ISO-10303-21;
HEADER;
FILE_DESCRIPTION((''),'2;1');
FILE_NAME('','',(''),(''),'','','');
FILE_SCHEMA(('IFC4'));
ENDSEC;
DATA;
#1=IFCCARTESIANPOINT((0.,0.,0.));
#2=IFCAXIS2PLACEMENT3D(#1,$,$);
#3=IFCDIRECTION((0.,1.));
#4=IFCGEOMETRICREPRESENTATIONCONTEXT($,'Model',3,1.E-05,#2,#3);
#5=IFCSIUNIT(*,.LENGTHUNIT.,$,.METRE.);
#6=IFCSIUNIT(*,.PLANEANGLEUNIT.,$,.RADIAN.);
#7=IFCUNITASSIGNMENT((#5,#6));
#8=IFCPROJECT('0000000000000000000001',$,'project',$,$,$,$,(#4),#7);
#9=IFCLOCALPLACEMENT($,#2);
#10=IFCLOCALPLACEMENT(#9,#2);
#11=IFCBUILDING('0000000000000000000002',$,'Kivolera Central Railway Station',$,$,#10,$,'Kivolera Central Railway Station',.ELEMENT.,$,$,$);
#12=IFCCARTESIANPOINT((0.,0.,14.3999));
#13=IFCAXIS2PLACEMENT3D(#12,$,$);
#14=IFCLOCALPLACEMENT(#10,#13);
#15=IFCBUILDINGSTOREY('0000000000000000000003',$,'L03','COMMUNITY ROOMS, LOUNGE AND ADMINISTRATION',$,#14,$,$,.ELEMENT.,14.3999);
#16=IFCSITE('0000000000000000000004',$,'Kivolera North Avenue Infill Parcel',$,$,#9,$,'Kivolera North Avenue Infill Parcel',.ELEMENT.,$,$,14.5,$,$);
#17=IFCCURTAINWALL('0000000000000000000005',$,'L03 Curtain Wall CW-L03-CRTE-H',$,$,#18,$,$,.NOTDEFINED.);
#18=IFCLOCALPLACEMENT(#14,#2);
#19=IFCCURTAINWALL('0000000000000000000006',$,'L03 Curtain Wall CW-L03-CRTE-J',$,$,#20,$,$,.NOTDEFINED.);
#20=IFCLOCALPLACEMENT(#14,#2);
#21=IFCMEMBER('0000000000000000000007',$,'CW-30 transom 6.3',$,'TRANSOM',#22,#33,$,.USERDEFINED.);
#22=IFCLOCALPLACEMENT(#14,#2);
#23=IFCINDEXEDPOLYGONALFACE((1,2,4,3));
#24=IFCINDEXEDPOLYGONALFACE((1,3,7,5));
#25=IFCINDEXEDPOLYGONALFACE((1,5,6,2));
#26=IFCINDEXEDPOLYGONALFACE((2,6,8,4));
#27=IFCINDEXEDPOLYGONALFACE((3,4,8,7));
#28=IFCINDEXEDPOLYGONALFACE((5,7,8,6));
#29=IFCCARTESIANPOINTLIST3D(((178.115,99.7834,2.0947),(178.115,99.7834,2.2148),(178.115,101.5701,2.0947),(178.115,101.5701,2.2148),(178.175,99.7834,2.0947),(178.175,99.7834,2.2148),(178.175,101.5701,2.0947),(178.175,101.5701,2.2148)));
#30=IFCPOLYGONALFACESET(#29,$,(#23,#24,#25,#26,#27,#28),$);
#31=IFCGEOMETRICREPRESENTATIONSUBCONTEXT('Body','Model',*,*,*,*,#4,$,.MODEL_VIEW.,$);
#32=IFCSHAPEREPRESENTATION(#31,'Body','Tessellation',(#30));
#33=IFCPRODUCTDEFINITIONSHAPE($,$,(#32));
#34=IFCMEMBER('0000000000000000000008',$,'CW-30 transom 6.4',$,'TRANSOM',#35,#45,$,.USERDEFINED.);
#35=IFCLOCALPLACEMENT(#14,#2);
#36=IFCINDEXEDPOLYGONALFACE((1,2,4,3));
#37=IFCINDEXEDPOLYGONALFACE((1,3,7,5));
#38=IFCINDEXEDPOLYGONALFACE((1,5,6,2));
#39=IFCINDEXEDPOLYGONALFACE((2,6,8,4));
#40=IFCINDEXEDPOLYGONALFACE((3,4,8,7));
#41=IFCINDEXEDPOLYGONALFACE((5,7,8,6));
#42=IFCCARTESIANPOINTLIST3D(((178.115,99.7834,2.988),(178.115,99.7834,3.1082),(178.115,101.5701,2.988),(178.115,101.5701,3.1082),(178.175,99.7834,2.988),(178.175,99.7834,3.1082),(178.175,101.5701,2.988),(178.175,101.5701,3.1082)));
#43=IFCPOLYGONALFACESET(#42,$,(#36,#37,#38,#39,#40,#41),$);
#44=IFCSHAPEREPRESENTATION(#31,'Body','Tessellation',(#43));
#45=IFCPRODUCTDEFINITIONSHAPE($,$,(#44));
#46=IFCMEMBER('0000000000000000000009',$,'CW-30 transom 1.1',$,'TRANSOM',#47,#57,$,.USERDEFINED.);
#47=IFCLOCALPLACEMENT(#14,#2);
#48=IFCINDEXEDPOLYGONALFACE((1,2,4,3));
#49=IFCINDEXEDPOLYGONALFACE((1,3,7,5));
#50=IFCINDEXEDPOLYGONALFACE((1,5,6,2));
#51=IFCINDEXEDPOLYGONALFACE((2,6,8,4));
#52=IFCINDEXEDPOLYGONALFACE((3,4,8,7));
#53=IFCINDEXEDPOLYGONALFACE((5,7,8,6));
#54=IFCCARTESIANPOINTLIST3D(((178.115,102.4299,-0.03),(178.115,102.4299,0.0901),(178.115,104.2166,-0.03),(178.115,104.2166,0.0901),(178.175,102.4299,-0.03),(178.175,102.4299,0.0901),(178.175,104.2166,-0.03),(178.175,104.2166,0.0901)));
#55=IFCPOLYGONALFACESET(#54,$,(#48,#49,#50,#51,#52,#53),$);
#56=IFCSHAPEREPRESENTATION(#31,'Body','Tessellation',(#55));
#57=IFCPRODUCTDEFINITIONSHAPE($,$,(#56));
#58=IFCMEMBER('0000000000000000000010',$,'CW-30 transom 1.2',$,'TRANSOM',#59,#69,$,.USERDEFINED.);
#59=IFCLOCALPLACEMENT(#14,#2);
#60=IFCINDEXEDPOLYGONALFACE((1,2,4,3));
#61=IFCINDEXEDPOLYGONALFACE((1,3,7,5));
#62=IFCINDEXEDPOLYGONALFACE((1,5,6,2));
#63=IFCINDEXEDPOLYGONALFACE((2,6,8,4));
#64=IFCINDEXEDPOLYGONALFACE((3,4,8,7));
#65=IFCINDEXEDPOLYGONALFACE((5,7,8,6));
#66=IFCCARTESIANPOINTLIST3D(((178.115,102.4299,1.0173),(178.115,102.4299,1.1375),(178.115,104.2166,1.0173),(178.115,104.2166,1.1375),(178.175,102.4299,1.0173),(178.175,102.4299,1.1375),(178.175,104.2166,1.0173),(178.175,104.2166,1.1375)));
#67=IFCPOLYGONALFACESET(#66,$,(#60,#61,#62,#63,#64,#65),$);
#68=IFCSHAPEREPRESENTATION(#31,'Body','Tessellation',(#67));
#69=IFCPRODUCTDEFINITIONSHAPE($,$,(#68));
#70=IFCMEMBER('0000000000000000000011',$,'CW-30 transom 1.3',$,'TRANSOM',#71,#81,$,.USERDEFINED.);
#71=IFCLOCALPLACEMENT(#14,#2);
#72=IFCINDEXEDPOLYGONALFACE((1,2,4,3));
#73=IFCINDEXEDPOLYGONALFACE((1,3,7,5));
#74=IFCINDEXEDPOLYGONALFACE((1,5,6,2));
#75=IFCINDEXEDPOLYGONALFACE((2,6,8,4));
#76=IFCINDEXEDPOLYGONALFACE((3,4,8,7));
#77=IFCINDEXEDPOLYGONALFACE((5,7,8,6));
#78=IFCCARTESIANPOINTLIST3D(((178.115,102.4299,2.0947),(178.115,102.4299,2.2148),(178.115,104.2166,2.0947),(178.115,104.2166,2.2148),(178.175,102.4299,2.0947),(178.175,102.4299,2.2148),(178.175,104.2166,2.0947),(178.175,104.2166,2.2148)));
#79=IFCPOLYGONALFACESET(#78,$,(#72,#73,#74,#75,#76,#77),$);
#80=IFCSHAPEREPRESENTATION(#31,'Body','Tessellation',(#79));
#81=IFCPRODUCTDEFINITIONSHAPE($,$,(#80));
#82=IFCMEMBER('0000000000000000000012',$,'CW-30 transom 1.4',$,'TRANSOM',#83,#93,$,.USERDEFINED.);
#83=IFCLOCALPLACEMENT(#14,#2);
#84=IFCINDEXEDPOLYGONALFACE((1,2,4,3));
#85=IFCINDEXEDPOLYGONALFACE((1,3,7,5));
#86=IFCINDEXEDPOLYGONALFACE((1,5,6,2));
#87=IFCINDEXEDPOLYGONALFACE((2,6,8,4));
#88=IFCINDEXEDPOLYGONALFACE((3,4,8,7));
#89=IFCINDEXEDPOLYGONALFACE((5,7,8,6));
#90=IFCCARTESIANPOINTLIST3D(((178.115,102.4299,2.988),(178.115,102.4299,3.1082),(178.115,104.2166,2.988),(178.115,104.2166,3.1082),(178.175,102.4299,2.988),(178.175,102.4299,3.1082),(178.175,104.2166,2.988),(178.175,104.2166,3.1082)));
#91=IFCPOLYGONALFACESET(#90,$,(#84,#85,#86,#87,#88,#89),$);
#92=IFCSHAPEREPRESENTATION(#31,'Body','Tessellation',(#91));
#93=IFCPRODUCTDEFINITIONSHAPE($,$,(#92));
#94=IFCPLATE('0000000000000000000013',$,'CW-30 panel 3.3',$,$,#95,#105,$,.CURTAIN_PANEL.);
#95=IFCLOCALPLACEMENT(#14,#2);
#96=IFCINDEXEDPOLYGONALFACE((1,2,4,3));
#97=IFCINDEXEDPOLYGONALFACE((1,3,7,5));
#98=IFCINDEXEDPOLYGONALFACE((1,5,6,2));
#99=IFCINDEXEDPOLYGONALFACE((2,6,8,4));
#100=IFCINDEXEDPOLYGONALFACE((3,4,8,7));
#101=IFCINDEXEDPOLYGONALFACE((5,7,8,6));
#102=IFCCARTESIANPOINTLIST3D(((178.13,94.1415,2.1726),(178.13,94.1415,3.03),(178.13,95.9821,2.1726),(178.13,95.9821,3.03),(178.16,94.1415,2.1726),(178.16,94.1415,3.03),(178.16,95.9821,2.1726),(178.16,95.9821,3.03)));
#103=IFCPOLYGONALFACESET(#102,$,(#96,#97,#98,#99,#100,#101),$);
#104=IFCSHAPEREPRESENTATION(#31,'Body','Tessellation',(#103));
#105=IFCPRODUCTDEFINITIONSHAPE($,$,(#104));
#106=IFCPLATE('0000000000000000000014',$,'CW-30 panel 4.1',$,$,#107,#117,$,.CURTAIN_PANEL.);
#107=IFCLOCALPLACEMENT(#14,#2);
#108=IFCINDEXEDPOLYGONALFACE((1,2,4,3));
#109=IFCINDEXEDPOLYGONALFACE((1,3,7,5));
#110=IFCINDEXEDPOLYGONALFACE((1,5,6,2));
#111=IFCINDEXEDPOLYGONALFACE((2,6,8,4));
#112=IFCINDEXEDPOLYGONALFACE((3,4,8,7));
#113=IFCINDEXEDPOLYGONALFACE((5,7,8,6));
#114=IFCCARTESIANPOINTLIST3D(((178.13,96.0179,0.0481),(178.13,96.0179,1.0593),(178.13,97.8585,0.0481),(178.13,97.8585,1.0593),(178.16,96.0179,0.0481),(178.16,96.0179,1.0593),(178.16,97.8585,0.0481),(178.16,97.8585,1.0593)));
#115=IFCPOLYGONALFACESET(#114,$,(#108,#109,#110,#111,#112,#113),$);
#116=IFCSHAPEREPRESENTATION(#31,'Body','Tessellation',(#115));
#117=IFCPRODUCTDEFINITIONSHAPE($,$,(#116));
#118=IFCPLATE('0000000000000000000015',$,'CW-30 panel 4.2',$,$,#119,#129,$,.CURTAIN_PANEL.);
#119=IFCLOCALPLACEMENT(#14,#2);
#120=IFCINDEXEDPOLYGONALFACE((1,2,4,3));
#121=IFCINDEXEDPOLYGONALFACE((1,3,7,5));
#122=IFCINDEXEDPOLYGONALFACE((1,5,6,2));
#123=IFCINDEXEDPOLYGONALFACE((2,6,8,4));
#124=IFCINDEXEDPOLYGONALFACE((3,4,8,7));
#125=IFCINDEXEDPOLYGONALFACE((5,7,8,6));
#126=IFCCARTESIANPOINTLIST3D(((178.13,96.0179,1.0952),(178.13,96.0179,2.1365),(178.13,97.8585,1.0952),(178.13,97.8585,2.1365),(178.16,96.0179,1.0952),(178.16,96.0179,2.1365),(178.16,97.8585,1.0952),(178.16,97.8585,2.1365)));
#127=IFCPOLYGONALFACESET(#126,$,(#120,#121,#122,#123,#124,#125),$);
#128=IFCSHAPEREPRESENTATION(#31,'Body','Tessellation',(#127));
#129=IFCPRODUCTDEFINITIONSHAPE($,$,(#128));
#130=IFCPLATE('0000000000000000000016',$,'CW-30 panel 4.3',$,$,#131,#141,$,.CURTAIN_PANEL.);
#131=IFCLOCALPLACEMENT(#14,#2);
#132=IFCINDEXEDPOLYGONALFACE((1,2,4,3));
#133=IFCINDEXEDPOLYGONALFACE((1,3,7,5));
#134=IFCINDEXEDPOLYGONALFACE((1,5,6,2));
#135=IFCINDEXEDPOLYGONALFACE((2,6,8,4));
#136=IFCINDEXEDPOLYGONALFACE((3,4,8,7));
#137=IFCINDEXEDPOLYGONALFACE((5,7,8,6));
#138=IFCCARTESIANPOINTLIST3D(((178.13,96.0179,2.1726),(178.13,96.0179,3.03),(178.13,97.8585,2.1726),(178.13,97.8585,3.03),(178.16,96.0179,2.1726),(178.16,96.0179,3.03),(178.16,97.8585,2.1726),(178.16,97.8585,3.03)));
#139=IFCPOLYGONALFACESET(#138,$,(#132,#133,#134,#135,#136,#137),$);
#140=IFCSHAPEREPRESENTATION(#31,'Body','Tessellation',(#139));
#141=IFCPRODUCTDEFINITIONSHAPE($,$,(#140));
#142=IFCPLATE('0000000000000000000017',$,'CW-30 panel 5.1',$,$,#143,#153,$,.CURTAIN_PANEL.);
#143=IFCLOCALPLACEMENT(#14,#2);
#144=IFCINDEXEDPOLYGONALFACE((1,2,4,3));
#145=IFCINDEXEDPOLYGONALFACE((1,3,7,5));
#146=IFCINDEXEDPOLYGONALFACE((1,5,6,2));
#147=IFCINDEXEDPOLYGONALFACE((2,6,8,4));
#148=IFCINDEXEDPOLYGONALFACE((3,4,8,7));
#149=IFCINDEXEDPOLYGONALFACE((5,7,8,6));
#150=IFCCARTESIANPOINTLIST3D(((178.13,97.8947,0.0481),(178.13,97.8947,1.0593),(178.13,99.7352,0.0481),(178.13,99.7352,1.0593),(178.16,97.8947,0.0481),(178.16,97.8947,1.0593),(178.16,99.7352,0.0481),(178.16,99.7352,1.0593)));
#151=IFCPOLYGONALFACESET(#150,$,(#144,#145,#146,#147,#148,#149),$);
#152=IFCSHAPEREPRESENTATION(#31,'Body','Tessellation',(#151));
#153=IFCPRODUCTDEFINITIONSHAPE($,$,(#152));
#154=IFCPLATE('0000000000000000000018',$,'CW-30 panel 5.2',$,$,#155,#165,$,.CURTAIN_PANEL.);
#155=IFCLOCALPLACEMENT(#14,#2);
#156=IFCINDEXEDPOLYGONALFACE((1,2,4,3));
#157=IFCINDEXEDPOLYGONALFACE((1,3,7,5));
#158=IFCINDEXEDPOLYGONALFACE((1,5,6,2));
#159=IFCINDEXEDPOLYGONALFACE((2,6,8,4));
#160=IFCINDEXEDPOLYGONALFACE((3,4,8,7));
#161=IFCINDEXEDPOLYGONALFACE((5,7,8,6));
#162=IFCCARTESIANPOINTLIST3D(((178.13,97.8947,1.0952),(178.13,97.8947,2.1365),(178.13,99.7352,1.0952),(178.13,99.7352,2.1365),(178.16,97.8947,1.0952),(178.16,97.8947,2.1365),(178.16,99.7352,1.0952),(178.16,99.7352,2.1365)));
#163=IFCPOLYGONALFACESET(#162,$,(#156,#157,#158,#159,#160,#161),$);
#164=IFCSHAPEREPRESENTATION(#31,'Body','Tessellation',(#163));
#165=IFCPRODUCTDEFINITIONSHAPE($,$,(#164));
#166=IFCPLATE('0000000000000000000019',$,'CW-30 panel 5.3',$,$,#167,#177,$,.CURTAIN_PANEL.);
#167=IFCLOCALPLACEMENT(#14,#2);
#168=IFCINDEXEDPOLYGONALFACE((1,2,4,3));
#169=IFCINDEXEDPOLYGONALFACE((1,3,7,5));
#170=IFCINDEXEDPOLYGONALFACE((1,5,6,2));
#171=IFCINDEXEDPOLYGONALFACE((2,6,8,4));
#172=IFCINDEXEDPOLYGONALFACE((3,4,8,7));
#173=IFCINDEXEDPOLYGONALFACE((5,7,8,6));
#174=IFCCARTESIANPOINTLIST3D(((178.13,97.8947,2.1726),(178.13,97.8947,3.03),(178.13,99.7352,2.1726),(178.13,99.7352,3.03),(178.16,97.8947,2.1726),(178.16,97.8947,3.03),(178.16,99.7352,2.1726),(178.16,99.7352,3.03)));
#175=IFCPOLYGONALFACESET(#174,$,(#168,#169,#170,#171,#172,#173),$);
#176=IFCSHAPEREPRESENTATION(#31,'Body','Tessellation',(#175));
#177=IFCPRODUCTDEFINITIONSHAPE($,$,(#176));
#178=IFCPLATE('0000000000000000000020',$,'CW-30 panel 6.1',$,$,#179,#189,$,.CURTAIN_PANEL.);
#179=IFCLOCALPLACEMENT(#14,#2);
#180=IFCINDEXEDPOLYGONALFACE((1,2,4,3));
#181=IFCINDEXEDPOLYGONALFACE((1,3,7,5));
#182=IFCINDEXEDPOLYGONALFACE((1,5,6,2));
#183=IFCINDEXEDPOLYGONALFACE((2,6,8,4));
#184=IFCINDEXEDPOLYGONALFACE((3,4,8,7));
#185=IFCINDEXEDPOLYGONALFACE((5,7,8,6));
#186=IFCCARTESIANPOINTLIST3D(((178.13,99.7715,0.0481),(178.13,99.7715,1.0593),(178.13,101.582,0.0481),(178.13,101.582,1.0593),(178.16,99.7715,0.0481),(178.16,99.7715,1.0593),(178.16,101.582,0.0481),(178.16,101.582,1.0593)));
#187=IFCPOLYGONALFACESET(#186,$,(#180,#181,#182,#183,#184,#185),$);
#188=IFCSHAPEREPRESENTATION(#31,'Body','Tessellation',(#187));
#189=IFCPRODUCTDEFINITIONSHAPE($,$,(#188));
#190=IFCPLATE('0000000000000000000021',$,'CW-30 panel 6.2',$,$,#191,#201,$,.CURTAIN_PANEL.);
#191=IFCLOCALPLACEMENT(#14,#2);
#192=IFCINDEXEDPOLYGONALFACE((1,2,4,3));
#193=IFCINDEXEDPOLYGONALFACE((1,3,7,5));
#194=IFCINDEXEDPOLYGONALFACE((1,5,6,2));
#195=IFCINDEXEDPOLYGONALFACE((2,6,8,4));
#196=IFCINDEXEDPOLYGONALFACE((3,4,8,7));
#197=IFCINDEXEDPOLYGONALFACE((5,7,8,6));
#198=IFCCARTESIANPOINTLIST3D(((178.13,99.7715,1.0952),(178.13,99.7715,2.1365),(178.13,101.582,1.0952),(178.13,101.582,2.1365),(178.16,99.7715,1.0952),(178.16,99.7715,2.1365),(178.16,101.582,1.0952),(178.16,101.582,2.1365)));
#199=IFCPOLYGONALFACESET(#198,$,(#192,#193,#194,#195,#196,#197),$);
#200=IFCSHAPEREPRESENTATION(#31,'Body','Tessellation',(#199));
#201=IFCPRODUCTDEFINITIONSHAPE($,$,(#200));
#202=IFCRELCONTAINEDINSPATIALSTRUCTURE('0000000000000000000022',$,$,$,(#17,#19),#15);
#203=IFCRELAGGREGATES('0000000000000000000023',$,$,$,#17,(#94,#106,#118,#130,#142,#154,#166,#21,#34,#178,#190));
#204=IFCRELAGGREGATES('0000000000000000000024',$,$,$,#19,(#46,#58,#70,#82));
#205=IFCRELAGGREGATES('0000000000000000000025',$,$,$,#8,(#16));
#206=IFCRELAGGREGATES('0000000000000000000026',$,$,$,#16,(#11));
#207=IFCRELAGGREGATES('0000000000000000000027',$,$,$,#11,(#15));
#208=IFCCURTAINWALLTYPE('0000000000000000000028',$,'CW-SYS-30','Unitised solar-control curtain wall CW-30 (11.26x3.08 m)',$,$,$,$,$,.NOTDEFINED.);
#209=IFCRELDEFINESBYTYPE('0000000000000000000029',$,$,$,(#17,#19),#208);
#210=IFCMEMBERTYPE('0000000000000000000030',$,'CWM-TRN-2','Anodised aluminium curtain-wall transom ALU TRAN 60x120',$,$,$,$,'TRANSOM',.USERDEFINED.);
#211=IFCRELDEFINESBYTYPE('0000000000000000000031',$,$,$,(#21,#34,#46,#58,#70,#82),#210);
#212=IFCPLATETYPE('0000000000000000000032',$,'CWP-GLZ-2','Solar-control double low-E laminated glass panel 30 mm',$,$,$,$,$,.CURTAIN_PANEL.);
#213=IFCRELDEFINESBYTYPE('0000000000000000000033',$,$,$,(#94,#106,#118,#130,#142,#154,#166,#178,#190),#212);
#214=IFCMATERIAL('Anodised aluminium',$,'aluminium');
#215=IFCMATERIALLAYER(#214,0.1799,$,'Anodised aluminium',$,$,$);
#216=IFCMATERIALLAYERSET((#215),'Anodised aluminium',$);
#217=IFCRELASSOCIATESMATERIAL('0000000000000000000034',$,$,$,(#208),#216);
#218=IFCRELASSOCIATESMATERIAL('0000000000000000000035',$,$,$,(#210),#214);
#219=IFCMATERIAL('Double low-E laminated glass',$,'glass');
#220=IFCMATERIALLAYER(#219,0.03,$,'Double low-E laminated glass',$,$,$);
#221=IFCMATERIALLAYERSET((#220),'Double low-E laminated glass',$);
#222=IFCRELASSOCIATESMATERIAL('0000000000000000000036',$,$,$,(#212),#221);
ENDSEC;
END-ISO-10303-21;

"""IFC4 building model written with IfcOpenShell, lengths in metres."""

from ifc_helpers import new_model, si_unit, direction, frame, origin, origin_2d, place, context, subcontext, project, spatial, rectangle, extrude, material, layer, layer_set, material_profile, profile_set, type_object, element, aggregate, save


model = new_model("IFC4")

# Units and contexts
model_context = context("Model", 3, precision=1e-05, world=origin(), true_north=direction((0.0, 1.0)))
body_context = subcontext(model_context, "Body", "Model", "MODEL_VIEW")
ifc_project = project(units=[si_unit("LENGTHUNIT", "METRE"), si_unit("PLANEANGLEUNIT", "RADIAN")], contexts=[model_context])

# Site, building, storey
site_placement = place(None, origin())
site = spatial("IfcSite", under=ifc_project, at=site_placement, Name="Kivolera North Avenue Infill Parcel", LongName="Kivolera North Avenue Infill Parcel", CompositionType="ELEMENT", RefElevation=14.5)
building_placement = place(site_placement, origin())
building = spatial("IfcBuilding", under=site, at=building_placement, Name="Kivolera Central Railway Station", LongName="Kivolera Central Railway Station", CompositionType="ELEMENT")
storey_placement = place(building_placement, frame((0.0, 0.0, 14.3999)))
storey = spatial("IfcBuildingStorey", under=building, at=storey_placement, Name="L03", Description="COMMUNITY ROOMS, LOUNGE AND ADMINISTRATION", CompositionType="ELEMENT", Elevation=14.3999)

# Curtain wall
ifc_material_1 = material(Name="Anodised aluminium", Category="aluminium")
ifc_layer_1 = layer(ifc_material_1, 0.1799, Name="Anodised aluminium")
ifc_layer_set_1 = layer_set([ifc_layer_1], Name="Anodised aluminium")
curtain_wall_type = type_object("IfcCurtainWallType", Name="CW-SYS-30", Description="Unitised solar-control curtain wall CW-30 (11.26x3.08 m)", PredefinedType="NOTDEFINED", material=ifc_layer_set_1)
curtain_wall_1_placement = place(storey_placement, origin())
curtain_wall_1 = element("IfcCurtainWall", 1, at=curtain_wall_1_placement, inside=storey, type_object=curtain_wall_type, Name="L03 Curtain Wall CW-L03-CRTE-H", PredefinedType="NOTDEFINED")

# Curtain wall
curtain_wall_2_placement = place(storey_placement, origin())
curtain_wall_2 = element("IfcCurtainWall", 2, at=curtain_wall_2_placement, inside=storey, type_object=curtain_wall_type, Name="L03 Curtain Wall CW-L03-CRTE-J", PredefinedType="NOTDEFINED")

# Members
ifc_material_profile_1 = material_profile(ifc_material_1, rectangle(XDim=0.0601, YDim=0.1201, at=origin_2d()), Name="ALU TRAN 60x120")
ifc_profile_set_1 = profile_set([ifc_material_profile_1], Name="Anodised aluminium")
member_type_1 = type_object("IfcMemberType", Name="CWM-TRN-2", Description="Anodised aluminium curtain-wall transom ALU TRAN 60x120", ElementType="TRANSOM", PredefinedType="USERDEFINED", material=ifc_profile_set_1)
member_1_placement = place(storey_placement, frame((178.145, 99.7834, 2.1548), z_axis=(0.0, 1.0, 0.0), x_axis=(-1.0, 0.0, 0.0)))
member_1 = element("IfcMember", 3, at=member_1_placement, type_object=member_type_1, Name="CW-30 transom 6.3", ObjectType="TRANSOM", PredefinedType="USERDEFINED", context=body_context, shape_type="SweptSolid", body=[
    extrude(rectangle(XDim=0.0601, YDim=0.1201, at=origin_2d()), origin(), (0.0, 0.0, 1.0), 1.7866),
])
member_2_placement = place(storey_placement, frame((178.145, 99.7834, 3.0481), z_axis=(0.0, 1.0, 0.0), x_axis=(-1.0, 0.0, 0.0)))
member_2 = element("IfcMember", 4, at=member_2_placement, type_object=member_type_1, Name="CW-30 transom 6.4", ObjectType="TRANSOM", PredefinedType="USERDEFINED", context=body_context, shape_type="SweptSolid", body=[
    extrude(rectangle(XDim=0.0601, YDim=0.1201, at=origin_2d()), origin(), (0.0, 0.0, 1.0), 1.7866),
])
member_3_placement = place(storey_placement, frame((178.145, 102.4299, 0.03), z_axis=(0.0, 1.0, 0.0), x_axis=(-1.0, 0.0, 0.0)))
member_3 = element("IfcMember", 5, at=member_3_placement, type_object=member_type_1, Name="CW-30 transom 1.1", ObjectType="TRANSOM", PredefinedType="USERDEFINED", context=body_context, shape_type="SweptSolid", body=[
    extrude(rectangle(XDim=0.0601, YDim=0.1201, at=origin_2d()), origin(), (0.0, 0.0, 1.0), 1.7866),
])
member_4_placement = place(storey_placement, frame((178.145, 102.4299, 1.0774), z_axis=(0.0, 1.0, 0.0), x_axis=(-1.0, 0.0, 0.0)))
member_4 = element("IfcMember", 6, at=member_4_placement, type_object=member_type_1, Name="CW-30 transom 1.2", ObjectType="TRANSOM", PredefinedType="USERDEFINED", context=body_context, shape_type="SweptSolid", body=[
    extrude(rectangle(XDim=0.0601, YDim=0.1201, at=origin_2d()), origin(), (0.0, 0.0, 1.0), 1.7866),
])
member_5_placement = place(storey_placement, frame((178.145, 102.4299, 2.1548), z_axis=(0.0, 1.0, 0.0), x_axis=(-1.0, 0.0, 0.0)))
member_5 = element("IfcMember", 7, at=member_5_placement, type_object=member_type_1, Name="CW-30 transom 1.3", ObjectType="TRANSOM", PredefinedType="USERDEFINED", context=body_context, shape_type="SweptSolid", body=[
    extrude(rectangle(XDim=0.0601, YDim=0.1201, at=origin_2d()), origin(), (0.0, 0.0, 1.0), 1.7866),
])
member_6_placement = place(storey_placement, frame((178.145, 102.4299, 3.0481), z_axis=(0.0, 1.0, 0.0), x_axis=(-1.0, 0.0, 0.0)))
member_6 = element("IfcMember", 8, at=member_6_placement, type_object=member_type_1, Name="CW-30 transom 1.4", ObjectType="TRANSOM", PredefinedType="USERDEFINED", context=body_context, shape_type="SweptSolid", body=[
    extrude(rectangle(XDim=0.0601, YDim=0.1201, at=origin_2d()), origin(), (0.0, 0.0, 1.0), 1.7866),
])

# Plates
ifc_material_2 = material(Name="Double low-E laminated glass", Category="glass")
ifc_layer_2 = layer(ifc_material_2, 0.03, Name="Double low-E laminated glass")
ifc_layer_set_2 = layer_set([ifc_layer_2], Name="Double low-E laminated glass")
plate_type = type_object("IfcPlateType", Name="CWP-GLZ-2", Description="Solar-control double low-E laminated glass panel 30 mm", PredefinedType="CURTAIN_PANEL", material=ifc_layer_set_2)
plate_1_placement = place(storey_placement, frame((178.145, 95.0618, 2.1726), z_axis=(0.0, 0.0, 1.0), x_axis=(0.0, 1.0, 0.0)))
plate_1 = element("IfcPlate", 9, at=plate_1_placement, type_object=plate_type, Name="CW-30 panel 3.3", PredefinedType="CURTAIN_PANEL", context=body_context, shape_type="SweptSolid", body=[
    extrude(rectangle(XDim=1.8406, YDim=0.03, at=origin_2d()), origin(), (0.0, 0.0, 1.0), 0.8574),
])
plate_2_placement = place(storey_placement, frame((178.145, 96.9382, 0.0481), z_axis=(0.0, 0.0, 1.0), x_axis=(0.0, 1.0, 0.0)))
plate_2 = element("IfcPlate", 10, at=plate_2_placement, type_object=plate_type, Name="CW-30 panel 4.1", PredefinedType="CURTAIN_PANEL", context=body_context, shape_type="SweptSolid", body=[
    extrude(rectangle(XDim=1.8406, YDim=0.03, at=origin_2d()), origin(), (0.0, 0.0, 1.0), 1.0112),
])
plate_3_placement = place(storey_placement, frame((178.145, 96.9382, 1.0952), z_axis=(0.0, 0.0, 1.0), x_axis=(0.0, 1.0, 0.0)))
plate_3 = element("IfcPlate", 11, at=plate_3_placement, type_object=plate_type, Name="CW-30 panel 4.2", PredefinedType="CURTAIN_PANEL", context=body_context, shape_type="SweptSolid", body=[
    extrude(rectangle(XDim=1.8406, YDim=0.03, at=origin_2d()), origin(), (0.0, 0.0, 1.0), 1.0413),
])
plate_4_placement = place(storey_placement, frame((178.145, 96.9382, 2.1726), z_axis=(0.0, 0.0, 1.0), x_axis=(0.0, 1.0, 0.0)))
plate_4 = element("IfcPlate", 12, at=plate_4_placement, type_object=plate_type, Name="CW-30 panel 4.3", PredefinedType="CURTAIN_PANEL", context=body_context, shape_type="SweptSolid", body=[
    extrude(rectangle(XDim=1.8406, YDim=0.03, at=origin_2d()), origin(), (0.0, 0.0, 1.0), 0.8574),
])
plate_5_placement = place(storey_placement, frame((178.145, 98.8149, 0.0481), z_axis=(0.0, 0.0, 1.0), x_axis=(0.0, 1.0, 0.0)))
plate_5 = element("IfcPlate", 13, at=plate_5_placement, type_object=plate_type, Name="CW-30 panel 5.1", PredefinedType="CURTAIN_PANEL", context=body_context, shape_type="SweptSolid", body=[
    extrude(rectangle(XDim=1.8406, YDim=0.03, at=origin_2d()), origin(), (0.0, 0.0, 1.0), 1.0112),
])
plate_6_placement = place(storey_placement, frame((178.145, 98.8149, 1.0952), z_axis=(0.0, 0.0, 1.0), x_axis=(0.0, 1.0, 0.0)))
plate_6 = element("IfcPlate", 14, at=plate_6_placement, type_object=plate_type, Name="CW-30 panel 5.2", PredefinedType="CURTAIN_PANEL", context=body_context, shape_type="SweptSolid", body=[
    extrude(rectangle(XDim=1.8406, YDim=0.03, at=origin_2d()), origin(), (0.0, 0.0, 1.0), 1.0413),
])
plate_7_placement = place(storey_placement, frame((178.145, 98.8149, 2.1726), z_axis=(0.0, 0.0, 1.0), x_axis=(0.0, 1.0, 0.0)))
plate_7 = element("IfcPlate", 15, at=plate_7_placement, type_object=plate_type, Name="CW-30 panel 5.3", PredefinedType="CURTAIN_PANEL", context=body_context, shape_type="SweptSolid", body=[
    extrude(rectangle(XDim=1.8406, YDim=0.03, at=origin_2d()), origin(), (0.0, 0.0, 1.0), 0.8574),
])
plate_8_placement = place(storey_placement, frame((178.145, 100.6768, 0.0481), z_axis=(0.0, 0.0, 1.0), x_axis=(0.0, 1.0, 0.0)))
plate_8 = element("IfcPlate", 16, at=plate_8_placement, type_object=plate_type, Name="CW-30 panel 6.1", PredefinedType="CURTAIN_PANEL", context=body_context, shape_type="SweptSolid", body=[
    extrude(rectangle(XDim=1.8105, YDim=0.03, at=origin_2d()), origin(), (0.0, 0.0, 1.0), 1.0112),
])
plate_9_placement = place(storey_placement, frame((178.145, 100.6768, 1.0952), z_axis=(0.0, 0.0, 1.0), x_axis=(0.0, 1.0, 0.0)))
plate_9 = element("IfcPlate", 17, at=plate_9_placement, type_object=plate_type, Name="CW-30 panel 6.2", PredefinedType="CURTAIN_PANEL", context=body_context, shape_type="SweptSolid", body=[
    extrude(rectangle(XDim=1.8105, YDim=0.03, at=origin_2d()), origin(), (0.0, 0.0, 1.0), 1.0413),
])
aggregate(curtain_wall_1, [plate_1, plate_2, plate_3, plate_4, plate_5, plate_6, plate_7, member_1, member_2, plate_8, plate_9])
aggregate(curtain_wall_2, [member_3, member_4, member_5, member_6])

save(model, "model.ifc")
